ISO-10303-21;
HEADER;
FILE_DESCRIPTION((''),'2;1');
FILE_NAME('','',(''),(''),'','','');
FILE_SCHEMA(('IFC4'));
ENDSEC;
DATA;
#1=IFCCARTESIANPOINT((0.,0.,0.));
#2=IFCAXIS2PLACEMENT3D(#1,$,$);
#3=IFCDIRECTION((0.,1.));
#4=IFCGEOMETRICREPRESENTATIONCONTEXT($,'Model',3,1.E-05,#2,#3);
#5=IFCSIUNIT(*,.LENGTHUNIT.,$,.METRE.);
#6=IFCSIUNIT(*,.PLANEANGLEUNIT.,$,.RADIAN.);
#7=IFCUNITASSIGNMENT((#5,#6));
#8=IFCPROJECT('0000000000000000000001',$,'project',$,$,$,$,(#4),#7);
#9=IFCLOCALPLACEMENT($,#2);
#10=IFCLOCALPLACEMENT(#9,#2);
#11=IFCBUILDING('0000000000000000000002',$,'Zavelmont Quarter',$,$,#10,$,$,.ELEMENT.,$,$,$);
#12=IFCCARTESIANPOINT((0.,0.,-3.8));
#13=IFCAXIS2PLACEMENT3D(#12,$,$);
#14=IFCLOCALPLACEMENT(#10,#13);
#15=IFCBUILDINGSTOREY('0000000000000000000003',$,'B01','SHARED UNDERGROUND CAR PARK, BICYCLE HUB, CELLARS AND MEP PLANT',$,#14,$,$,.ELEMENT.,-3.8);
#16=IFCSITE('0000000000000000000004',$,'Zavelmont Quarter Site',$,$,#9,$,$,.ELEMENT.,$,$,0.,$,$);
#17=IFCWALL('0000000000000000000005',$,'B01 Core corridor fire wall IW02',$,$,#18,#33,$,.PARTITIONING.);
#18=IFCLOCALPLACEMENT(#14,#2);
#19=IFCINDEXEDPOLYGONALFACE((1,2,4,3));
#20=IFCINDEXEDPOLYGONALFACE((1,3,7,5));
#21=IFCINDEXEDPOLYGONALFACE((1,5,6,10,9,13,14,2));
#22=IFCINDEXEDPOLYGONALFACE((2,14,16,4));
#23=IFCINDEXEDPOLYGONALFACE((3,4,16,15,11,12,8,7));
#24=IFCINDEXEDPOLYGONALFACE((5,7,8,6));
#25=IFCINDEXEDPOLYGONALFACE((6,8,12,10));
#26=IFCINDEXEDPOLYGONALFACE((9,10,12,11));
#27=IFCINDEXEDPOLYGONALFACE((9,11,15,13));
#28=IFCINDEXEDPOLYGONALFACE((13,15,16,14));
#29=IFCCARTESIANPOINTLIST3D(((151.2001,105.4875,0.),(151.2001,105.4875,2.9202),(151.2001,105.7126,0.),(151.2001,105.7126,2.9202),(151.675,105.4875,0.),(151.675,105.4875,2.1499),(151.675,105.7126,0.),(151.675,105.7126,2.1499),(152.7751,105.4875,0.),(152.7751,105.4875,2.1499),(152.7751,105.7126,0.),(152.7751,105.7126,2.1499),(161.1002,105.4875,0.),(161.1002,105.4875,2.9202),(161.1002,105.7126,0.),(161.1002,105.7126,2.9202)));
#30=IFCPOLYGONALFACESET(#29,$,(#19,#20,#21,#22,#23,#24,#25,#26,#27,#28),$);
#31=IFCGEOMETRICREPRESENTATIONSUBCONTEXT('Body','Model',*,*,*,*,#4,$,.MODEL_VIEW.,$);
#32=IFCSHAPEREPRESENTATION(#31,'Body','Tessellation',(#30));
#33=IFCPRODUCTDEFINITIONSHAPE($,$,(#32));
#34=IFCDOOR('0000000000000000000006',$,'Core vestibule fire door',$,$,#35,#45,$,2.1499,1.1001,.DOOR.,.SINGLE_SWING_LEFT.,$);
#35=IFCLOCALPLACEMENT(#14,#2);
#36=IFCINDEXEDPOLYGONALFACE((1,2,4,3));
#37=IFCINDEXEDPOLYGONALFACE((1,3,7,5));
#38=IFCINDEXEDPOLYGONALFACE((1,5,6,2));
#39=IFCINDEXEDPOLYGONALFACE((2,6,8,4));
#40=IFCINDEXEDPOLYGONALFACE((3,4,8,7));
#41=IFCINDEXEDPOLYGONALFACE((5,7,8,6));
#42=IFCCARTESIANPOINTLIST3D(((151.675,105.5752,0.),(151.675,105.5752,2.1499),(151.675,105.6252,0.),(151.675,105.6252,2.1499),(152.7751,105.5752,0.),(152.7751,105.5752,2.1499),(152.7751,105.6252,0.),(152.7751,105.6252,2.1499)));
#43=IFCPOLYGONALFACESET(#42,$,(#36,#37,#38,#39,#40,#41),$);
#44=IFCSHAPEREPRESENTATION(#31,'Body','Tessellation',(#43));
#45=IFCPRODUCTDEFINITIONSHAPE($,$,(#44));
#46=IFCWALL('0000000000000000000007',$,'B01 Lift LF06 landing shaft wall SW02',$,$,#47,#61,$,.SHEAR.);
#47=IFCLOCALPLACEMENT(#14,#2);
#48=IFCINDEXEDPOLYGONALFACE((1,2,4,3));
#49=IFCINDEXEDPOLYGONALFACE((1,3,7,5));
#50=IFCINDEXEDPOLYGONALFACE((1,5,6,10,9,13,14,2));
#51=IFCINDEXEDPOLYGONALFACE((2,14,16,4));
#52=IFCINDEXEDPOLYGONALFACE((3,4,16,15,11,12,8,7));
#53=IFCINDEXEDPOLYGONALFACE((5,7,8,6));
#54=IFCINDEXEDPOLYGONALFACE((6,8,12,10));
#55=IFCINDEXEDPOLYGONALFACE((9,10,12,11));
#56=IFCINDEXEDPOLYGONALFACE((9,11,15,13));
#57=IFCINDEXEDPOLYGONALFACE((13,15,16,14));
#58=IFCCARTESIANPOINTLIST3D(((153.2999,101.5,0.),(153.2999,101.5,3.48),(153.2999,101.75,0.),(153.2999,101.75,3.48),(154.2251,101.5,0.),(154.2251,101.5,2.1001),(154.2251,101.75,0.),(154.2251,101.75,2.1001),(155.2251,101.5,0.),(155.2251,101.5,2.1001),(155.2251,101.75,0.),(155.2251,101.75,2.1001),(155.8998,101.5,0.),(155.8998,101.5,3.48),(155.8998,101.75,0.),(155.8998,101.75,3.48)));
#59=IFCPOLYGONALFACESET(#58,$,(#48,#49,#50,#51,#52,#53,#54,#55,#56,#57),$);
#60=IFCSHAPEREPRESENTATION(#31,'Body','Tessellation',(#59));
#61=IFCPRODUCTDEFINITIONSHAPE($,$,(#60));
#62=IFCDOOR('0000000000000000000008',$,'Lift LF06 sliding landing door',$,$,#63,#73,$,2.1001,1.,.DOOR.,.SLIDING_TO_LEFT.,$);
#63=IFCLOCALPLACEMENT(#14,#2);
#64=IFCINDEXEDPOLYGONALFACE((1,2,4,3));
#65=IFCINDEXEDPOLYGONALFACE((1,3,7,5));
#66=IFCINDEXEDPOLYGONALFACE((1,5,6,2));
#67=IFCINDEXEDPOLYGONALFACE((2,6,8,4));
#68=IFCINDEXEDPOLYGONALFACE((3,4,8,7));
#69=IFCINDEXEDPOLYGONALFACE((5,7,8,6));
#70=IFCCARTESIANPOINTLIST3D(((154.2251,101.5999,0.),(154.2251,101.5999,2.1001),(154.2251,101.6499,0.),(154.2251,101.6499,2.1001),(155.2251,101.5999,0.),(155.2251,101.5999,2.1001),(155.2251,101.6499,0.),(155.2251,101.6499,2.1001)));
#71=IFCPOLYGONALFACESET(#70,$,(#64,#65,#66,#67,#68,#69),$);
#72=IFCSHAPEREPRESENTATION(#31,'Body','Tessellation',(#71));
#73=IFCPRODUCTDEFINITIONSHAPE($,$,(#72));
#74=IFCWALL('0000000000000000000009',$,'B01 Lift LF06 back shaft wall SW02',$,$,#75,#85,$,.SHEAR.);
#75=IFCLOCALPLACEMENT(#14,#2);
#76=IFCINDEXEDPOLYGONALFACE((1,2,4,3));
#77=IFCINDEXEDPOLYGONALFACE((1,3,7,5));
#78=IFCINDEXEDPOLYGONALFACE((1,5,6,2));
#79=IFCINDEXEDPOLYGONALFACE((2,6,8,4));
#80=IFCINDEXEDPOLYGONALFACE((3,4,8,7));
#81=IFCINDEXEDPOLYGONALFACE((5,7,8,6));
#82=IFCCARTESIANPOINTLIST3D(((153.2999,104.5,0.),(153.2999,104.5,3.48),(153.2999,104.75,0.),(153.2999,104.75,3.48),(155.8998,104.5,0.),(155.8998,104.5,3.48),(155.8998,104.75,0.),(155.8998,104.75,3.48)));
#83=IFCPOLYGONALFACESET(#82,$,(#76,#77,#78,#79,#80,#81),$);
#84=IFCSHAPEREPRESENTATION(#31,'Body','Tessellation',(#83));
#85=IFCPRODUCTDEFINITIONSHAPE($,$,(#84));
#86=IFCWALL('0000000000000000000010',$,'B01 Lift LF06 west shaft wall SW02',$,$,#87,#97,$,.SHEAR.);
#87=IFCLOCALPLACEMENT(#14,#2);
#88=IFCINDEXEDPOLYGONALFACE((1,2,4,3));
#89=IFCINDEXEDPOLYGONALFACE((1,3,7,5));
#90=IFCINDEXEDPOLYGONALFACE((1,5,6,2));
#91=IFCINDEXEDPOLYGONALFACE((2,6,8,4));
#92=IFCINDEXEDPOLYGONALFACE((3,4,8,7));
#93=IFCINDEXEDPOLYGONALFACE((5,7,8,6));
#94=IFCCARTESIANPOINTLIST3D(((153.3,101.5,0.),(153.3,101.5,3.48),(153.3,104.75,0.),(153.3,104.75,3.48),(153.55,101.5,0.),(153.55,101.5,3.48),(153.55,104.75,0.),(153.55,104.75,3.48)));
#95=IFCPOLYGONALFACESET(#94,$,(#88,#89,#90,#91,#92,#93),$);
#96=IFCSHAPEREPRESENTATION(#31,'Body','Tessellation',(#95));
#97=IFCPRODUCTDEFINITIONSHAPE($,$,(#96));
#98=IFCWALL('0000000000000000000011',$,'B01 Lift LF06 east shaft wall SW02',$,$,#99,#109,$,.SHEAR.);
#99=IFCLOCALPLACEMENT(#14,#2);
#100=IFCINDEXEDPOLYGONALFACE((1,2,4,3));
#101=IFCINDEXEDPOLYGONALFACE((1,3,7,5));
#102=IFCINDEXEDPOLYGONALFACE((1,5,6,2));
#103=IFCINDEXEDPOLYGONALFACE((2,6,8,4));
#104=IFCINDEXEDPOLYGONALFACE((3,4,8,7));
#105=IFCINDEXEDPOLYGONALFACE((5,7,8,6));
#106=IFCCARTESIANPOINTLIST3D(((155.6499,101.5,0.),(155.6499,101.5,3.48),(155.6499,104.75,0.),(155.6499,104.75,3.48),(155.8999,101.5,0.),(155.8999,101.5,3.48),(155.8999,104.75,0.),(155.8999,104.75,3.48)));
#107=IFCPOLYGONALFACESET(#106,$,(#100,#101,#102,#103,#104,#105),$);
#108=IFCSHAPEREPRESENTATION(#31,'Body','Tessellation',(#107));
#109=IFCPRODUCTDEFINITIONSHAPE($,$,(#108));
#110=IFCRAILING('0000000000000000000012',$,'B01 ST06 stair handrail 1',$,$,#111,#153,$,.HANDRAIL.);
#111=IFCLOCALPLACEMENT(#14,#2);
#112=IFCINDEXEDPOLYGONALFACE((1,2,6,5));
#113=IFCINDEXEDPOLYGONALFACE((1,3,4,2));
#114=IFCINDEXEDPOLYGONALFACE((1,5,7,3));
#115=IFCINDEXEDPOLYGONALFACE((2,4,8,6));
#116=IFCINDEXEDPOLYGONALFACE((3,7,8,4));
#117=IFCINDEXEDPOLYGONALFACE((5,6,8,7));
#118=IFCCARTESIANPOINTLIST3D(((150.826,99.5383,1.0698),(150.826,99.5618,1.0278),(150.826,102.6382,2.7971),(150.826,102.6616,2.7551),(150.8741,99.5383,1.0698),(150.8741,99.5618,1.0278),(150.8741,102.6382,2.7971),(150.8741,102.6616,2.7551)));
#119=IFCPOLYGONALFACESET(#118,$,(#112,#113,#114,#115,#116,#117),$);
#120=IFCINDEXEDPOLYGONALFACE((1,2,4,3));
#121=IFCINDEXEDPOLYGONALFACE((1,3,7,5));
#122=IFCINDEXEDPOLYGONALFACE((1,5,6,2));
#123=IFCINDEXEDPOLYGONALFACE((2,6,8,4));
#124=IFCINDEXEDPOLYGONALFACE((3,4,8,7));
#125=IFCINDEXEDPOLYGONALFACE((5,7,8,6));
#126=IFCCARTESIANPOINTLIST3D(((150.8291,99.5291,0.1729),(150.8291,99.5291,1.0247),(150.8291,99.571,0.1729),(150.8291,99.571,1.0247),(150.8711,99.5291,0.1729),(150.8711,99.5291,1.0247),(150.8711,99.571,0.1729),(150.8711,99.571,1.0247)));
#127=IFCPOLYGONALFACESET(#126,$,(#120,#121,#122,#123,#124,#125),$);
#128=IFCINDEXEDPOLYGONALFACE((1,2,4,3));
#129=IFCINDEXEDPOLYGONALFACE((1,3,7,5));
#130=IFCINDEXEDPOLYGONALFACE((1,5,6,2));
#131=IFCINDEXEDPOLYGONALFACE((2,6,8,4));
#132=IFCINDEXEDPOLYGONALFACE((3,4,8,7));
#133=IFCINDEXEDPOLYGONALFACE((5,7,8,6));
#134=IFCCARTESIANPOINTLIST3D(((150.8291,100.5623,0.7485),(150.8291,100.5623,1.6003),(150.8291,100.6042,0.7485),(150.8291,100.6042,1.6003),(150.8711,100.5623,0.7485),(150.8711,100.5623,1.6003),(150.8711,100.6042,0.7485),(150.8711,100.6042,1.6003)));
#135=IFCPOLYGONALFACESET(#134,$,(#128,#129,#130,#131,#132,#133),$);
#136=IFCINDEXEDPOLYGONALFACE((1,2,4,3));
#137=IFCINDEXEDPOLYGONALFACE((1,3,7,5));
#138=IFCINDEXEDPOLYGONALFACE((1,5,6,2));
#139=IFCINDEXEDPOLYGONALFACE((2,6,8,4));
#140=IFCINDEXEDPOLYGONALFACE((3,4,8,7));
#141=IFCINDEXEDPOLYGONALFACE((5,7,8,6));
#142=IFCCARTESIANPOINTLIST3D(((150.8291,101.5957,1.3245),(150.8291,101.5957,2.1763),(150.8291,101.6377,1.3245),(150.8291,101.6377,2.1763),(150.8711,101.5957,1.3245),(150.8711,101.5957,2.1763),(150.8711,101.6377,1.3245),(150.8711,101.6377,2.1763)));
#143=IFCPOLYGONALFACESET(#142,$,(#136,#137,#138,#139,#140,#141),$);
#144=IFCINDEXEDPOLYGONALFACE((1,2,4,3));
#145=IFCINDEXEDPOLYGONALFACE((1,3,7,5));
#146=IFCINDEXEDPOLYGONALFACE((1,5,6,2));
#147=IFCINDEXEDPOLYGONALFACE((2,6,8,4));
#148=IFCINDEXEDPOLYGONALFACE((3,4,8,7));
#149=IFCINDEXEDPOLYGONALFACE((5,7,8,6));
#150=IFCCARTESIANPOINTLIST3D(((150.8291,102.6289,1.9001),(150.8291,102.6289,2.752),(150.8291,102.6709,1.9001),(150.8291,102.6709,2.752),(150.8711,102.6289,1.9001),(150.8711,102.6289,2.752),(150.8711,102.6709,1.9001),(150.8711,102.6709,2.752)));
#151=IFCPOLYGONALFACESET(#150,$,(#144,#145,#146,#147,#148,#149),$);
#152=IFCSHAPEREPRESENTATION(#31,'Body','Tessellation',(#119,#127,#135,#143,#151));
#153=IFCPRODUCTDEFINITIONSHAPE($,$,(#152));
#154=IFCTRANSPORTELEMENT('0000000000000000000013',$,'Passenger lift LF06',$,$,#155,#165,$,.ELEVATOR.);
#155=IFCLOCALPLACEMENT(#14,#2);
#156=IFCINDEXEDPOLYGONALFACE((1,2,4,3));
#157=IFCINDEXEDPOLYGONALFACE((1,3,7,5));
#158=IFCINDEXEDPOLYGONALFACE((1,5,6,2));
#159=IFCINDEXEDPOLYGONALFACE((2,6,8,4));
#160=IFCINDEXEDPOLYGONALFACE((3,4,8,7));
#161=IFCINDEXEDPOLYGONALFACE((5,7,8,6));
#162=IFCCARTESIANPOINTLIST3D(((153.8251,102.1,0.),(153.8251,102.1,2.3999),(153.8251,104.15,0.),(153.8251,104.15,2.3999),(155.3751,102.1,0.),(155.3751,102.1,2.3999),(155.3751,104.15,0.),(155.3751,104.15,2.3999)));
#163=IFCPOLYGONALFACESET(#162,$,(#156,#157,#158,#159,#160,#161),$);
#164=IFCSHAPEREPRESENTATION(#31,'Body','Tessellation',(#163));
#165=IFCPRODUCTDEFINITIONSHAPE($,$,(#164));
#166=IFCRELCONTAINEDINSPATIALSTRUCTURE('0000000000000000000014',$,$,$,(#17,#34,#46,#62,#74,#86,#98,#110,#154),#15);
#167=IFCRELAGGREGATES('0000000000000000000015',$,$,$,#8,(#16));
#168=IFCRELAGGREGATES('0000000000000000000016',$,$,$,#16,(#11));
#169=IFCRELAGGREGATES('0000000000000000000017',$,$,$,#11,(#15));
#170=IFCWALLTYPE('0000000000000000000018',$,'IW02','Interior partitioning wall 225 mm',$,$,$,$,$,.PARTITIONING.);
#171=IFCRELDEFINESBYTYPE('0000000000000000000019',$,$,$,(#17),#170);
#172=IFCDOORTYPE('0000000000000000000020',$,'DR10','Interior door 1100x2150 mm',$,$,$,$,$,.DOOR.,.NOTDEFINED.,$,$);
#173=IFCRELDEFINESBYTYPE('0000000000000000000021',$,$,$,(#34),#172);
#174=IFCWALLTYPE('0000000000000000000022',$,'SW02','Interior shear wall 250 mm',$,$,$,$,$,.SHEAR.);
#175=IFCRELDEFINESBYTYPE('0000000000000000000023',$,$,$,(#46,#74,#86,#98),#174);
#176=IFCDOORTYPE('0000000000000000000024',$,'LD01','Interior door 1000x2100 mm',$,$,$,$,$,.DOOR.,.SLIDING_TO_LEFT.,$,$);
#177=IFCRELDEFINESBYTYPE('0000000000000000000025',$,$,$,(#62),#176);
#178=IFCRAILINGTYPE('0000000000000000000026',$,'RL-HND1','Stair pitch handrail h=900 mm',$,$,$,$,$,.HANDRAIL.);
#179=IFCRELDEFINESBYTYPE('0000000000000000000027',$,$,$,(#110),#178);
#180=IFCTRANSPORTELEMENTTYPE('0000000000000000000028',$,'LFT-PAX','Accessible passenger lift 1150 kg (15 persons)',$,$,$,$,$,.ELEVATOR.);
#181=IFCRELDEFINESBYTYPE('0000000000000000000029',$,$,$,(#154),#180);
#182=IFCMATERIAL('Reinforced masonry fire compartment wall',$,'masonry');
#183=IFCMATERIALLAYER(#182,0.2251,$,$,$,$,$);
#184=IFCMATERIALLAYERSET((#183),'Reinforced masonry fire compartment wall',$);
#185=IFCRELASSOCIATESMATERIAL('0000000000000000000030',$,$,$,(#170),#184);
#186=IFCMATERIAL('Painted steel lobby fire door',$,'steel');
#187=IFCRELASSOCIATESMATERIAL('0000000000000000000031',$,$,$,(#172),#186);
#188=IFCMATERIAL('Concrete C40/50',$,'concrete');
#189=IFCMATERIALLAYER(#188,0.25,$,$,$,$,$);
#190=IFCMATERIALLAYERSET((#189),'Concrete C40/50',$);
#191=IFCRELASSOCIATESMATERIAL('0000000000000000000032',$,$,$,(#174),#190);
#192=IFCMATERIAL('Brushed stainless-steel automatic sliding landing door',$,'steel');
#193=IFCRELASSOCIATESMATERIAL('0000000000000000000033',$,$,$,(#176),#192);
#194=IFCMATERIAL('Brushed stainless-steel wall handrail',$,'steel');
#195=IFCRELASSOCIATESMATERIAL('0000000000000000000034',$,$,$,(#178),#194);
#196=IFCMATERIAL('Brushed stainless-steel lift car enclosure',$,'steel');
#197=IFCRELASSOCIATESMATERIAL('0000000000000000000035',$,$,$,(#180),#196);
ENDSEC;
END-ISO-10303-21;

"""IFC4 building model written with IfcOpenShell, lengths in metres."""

from ifc_helpers import new_model, si_unit, direction, frame, frame_2d, origin, origin_with_axes, origin_2d, place, context, subcontext, project, spatial, rectangle, extrude, material, layer, layer_set, type_object, element, fill, save


model = new_model("IFC4")

# Units and contexts
model_context = context("Model", 3, precision=1e-05, world=origin(), true_north=direction((0.0, 1.0)))
body_context = subcontext(model_context, "Body", "Model", "MODEL_VIEW")
ifc_project = project(units=[si_unit("LENGTHUNIT", "METRE"), si_unit("PLANEANGLEUNIT", "RADIAN")], contexts=[model_context])

# Site, building, storey
site_placement = place(None, origin())
site = spatial("IfcSite", under=ifc_project, at=site_placement, Name="Zavelmont Quarter Site", CompositionType="ELEMENT", RefElevation=0.0)
building_placement = place(site_placement, origin())
building = spatial("IfcBuilding", under=site, at=building_placement, Name="Zavelmont Quarter", CompositionType="ELEMENT")
storey_placement = place(building_placement, frame((0.0, 0.0, -3.8)))
storey = spatial("IfcBuildingStorey", under=building, at=storey_placement, Name="B01", Description="SHARED UNDERGROUND CAR PARK, BICYCLE HUB, CELLARS AND MEP PLANT", CompositionType="ELEMENT", Elevation=-3.8)

# Shared definitions
ifc_material_1 = material(Name="Concrete C40/50", Category="concrete")

# Walls, openings, doors
ifc_material_2 = material(Name="Reinforced masonry fire compartment wall", Category="masonry")
ifc_layer_1 = layer(ifc_material_2, 0.2251)
ifc_layer_set_1 = layer_set([ifc_layer_1], Name="Reinforced masonry fire compartment wall")
wall_type_1 = type_object("IfcWallType", Name="IW02", Description="Interior partitioning wall 225 mm", PredefinedType="PARTITIONING", material=ifc_layer_set_1)
ifc_material_3 = material(Name="Painted steel lobby fire door", Category="steel")
door_type_1 = type_object("IfcDoorType", Name="DR10", Description="Interior door 1100x2150 mm", OperationType="NOTDEFINED", PredefinedType="DOOR", material=ifc_material_3)
wall_1_placement = place(storey_placement, frame((151.2, 105.6001, 0.0), z_axis=(0.0, 0.0, 1.0), x_axis=(1.0, 0.0, 0.0)))
wall_1 = element("IfcWall", 1, at=wall_1_placement, inside=storey, type_object=wall_type_1, Name="B01 Core corridor fire wall IW02", PredefinedType="PARTITIONING", context=body_context, shape_type="SweptSolid", body=[
    extrude(rectangle(XDim=9.9001, YDim=0.2251, at=frame_2d((4.9502, 0.0))), origin(), (0.0, 0.0, 1.0), 2.9202),
])
opening_1_placement = place(wall_1_placement, frame((0.4751, 0.0, 0.0)))
opening_1 = element("IfcOpeningElement", 2, at=opening_1_placement, cuts=wall_1, PredefinedType="OPENING", context=body_context, shape_type="SweptSolid", body=[
    extrude(rectangle(XDim=1.1001, YDim=2.1499, at=frame_2d((0.55, 1.075))), frame((0.0, 0.1245, 0.0), z_axis=(0.0, -1.0, 0.0), x_axis=(1.0, 0.0, 0.0)), (0.0, 0.0, 1.0), 0.249),
])
door_1_placement = place(opening_1_placement, frame((1.1001, 0.0, 0.0), z_axis=(0.0, 0.0, 1.0), x_axis=(-1.0, 0.0, 0.0)))
door_1 = element("IfcDoor", 3, at=door_1_placement, inside=storey, type_object=door_type_1, Name="Core vestibule fire door", OperationType="SINGLE_SWING_LEFT", OverallHeight=2.1499, OverallWidth=1.1001, PredefinedType="DOOR", context=body_context, shape_type="SweptSolid", body=[
    extrude(rectangle(XDim=1.1001, YDim=2.1499, at=frame_2d((0.55, 1.075))), frame((0.0, 0.0249, 0.0), z_axis=(0.0, -1.0, 0.0), x_axis=(1.0, 0.0, 0.0)), (0.0, 0.0, 1.0), 0.05),
])
fill(opening_1, door_1)
ifc_layer_2 = layer(ifc_material_1, 0.25)
ifc_layer_set_2 = layer_set([ifc_layer_2], Name="Concrete C40/50")
wall_type_2 = type_object("IfcWallType", Name="SW02", Description="Interior shear wall 250 mm", PredefinedType="SHEAR", material=ifc_layer_set_2)
wall_2_placement = place(storey_placement, frame((153.3, 101.625, 0.0), z_axis=(0.0, 0.0, 1.0), x_axis=(1.0, 0.0, 0.0)))
wall_2 = element("IfcWall", 4, at=wall_2_placement, inside=storey, type_object=wall_type_2, Name="B01 Lift LF06 landing shaft wall SW02", PredefinedType="SHEAR", context=body_context, shape_type="SweptSolid", body=[
    extrude(rectangle(XDim=2.5999, YDim=0.25, at=frame_2d((1.2998, 0.0))), origin(), (0.0, 0.0, 1.0), 3.48),
])
opening_2_placement = place(wall_2_placement, frame((0.925, 0.0, 0.0)))
opening_2 = element("IfcOpeningElement", 5, at=opening_2_placement, cuts=wall_2, PredefinedType="OPENING", context=body_context, shape_type="SweptSolid", body=[
    extrude(rectangle(XDim=1.0, YDim=2.1001, at=frame_2d((0.5, 1.05))), frame((0.0, 0.137, 0.0), z_axis=(0.0, -1.0, 0.0), x_axis=(1.0, 0.0, 0.0)), (0.0, 0.0, 1.0), 0.2739),
])
ifc_material_4 = material(Name="Brushed stainless-steel automatic sliding landing door", Category="steel")
door_type_2 = type_object("IfcDoorType", Name="LD01", Description="Interior door 1000x2100 mm", OperationType="SLIDING_TO_LEFT", PredefinedType="DOOR", material=ifc_material_4)
door_2_placement = place(opening_2_placement, origin_with_axes())
door_2 = element("IfcDoor", 6, at=door_2_placement, inside=storey, type_object=door_type_2, Name="Lift LF06 sliding landing door", OperationType="SLIDING_TO_LEFT", OverallHeight=2.1001, OverallWidth=1.0, PredefinedType="DOOR", context=body_context, shape_type="SweptSolid", body=[
    extrude(rectangle(XDim=1.0, YDim=2.1001, at=frame_2d((0.5, 1.05))), frame((0.0, 0.0249, 0.0), z_axis=(0.0, -1.0, 0.0), x_axis=(1.0, 0.0, 0.0)), (0.0, 0.0, 1.0), 0.05),
])
fill(opening_2, door_2)

# Walls
wall_3_placement = place(storey_placement, frame((153.3, 104.625, 0.0), z_axis=(0.0, 0.0, 1.0), x_axis=(1.0, 0.0, 0.0)))
element("IfcWall", 7, at=wall_3_placement, inside=storey, type_object=wall_type_2, Name="B01 Lift LF06 back shaft wall SW02", PredefinedType="SHEAR", context=body_context, shape_type="SweptSolid", body=[
    extrude(rectangle(XDim=2.5999, YDim=0.25, at=frame_2d((1.2998, 0.0))), origin(), (0.0, 0.0, 1.0), 3.48),
])
for number, where, z_axis, x_axis, name in (
    (8, (153.425, 101.5, 0.0), (0.0, 0.0, 1.0), (0.0, 1.0, 0.0), "B01 Lift LF06 west shaft wall SW02"),
    (9, (155.7749, 101.5, 0.0), (0.0, 0.0, 1.0), (0.0, 1.0, 0.0), "B01 Lift LF06 east shaft wall SW02"),
):
    element("IfcWall", number, at=place(storey_placement, frame(where, z_axis=z_axis, x_axis=x_axis)), inside=storey, type_object=wall_type_2, Name=name, PredefinedType="SHEAR", context=body_context, shape_type="SweptSolid", body=[
        extrude(rectangle(XDim=3.25, YDim=0.25, at=frame_2d((1.625, 0.0))), origin(), (0.0, 0.0, 1.0), 3.48),
    ])

# Railing
ifc_material_5 = material(Name="Brushed stainless-steel wall handrail", Category="steel")
railing_type = type_object("IfcRailingType", Name="RL-HND1", Description="Stair pitch handrail h=900 mm", PredefinedType="HANDRAIL", material=ifc_material_5)
railing_placement = place(storey_placement, frame((150.8501, 99.55, 0.1729)))
element("IfcRailing", 10, at=railing_placement, inside=storey, type_object=railing_type, Name="B01 ST06 stair handrail 1", PredefinedType="HANDRAIL", context=body_context, shape_type="SweptSolid", body=[
    extrude(rectangle(XDim=0.0481, YDim=0.0481, at=origin_2d()), frame((0.0, 0.0, 0.876), z_axis=(0.0, 0.87354, 0.486752), x_axis=(-1.0, 0.0, 0.0)), (0.0, 0.0, 1.0), 3.5486),
    extrude(rectangle(XDim=0.042, YDim=0.042, at=origin_2d()), origin(), (0.0, 0.0, 1.0), 0.8518),
    extrude(rectangle(XDim=0.042, YDim=0.042, at=origin_2d()), frame((0.0, 1.0332, 0.5757)), (0.0, 0.0, 1.0), 0.8518),
    extrude(rectangle(XDim=0.042, YDim=0.042, at=origin_2d()), frame((0.0, 2.0667, 1.1516)), (0.0, 0.0, 1.0), 0.8518),
    extrude(rectangle(XDim=0.042, YDim=0.042, at=origin_2d()), frame((0.0, 3.0999, 1.7273)), (0.0, 0.0, 1.0), 0.8518),
])

# Transport element
ifc_material_6 = material(Name="Brushed stainless-steel lift car enclosure", Category="steel")
transport_element_type = type_object("IfcTransportElementType", Name="LFT-PAX", Description="Accessible passenger lift 1150 kg (15 persons)", PredefinedType="ELEVATOR", material=ifc_material_6)
transport_element_placement = place(storey_placement, frame((154.6001, 103.125, 0.0), z_axis=(0.0, 0.0, 1.0), x_axis=(1.0, 0.0, 0.0)))
element("IfcTransportElement", 11, at=transport_element_placement, inside=storey, type_object=transport_element_type, Name="Passenger lift LF06", PredefinedType="ELEVATOR", context=body_context, shape_type="SweptSolid", body=[
    extrude(rectangle(XDim=1.55, YDim=2.05, at=origin_2d()), origin(), (0.0, 0.0, 1.0), 2.3999),
])

save(model, "model.ifc")
